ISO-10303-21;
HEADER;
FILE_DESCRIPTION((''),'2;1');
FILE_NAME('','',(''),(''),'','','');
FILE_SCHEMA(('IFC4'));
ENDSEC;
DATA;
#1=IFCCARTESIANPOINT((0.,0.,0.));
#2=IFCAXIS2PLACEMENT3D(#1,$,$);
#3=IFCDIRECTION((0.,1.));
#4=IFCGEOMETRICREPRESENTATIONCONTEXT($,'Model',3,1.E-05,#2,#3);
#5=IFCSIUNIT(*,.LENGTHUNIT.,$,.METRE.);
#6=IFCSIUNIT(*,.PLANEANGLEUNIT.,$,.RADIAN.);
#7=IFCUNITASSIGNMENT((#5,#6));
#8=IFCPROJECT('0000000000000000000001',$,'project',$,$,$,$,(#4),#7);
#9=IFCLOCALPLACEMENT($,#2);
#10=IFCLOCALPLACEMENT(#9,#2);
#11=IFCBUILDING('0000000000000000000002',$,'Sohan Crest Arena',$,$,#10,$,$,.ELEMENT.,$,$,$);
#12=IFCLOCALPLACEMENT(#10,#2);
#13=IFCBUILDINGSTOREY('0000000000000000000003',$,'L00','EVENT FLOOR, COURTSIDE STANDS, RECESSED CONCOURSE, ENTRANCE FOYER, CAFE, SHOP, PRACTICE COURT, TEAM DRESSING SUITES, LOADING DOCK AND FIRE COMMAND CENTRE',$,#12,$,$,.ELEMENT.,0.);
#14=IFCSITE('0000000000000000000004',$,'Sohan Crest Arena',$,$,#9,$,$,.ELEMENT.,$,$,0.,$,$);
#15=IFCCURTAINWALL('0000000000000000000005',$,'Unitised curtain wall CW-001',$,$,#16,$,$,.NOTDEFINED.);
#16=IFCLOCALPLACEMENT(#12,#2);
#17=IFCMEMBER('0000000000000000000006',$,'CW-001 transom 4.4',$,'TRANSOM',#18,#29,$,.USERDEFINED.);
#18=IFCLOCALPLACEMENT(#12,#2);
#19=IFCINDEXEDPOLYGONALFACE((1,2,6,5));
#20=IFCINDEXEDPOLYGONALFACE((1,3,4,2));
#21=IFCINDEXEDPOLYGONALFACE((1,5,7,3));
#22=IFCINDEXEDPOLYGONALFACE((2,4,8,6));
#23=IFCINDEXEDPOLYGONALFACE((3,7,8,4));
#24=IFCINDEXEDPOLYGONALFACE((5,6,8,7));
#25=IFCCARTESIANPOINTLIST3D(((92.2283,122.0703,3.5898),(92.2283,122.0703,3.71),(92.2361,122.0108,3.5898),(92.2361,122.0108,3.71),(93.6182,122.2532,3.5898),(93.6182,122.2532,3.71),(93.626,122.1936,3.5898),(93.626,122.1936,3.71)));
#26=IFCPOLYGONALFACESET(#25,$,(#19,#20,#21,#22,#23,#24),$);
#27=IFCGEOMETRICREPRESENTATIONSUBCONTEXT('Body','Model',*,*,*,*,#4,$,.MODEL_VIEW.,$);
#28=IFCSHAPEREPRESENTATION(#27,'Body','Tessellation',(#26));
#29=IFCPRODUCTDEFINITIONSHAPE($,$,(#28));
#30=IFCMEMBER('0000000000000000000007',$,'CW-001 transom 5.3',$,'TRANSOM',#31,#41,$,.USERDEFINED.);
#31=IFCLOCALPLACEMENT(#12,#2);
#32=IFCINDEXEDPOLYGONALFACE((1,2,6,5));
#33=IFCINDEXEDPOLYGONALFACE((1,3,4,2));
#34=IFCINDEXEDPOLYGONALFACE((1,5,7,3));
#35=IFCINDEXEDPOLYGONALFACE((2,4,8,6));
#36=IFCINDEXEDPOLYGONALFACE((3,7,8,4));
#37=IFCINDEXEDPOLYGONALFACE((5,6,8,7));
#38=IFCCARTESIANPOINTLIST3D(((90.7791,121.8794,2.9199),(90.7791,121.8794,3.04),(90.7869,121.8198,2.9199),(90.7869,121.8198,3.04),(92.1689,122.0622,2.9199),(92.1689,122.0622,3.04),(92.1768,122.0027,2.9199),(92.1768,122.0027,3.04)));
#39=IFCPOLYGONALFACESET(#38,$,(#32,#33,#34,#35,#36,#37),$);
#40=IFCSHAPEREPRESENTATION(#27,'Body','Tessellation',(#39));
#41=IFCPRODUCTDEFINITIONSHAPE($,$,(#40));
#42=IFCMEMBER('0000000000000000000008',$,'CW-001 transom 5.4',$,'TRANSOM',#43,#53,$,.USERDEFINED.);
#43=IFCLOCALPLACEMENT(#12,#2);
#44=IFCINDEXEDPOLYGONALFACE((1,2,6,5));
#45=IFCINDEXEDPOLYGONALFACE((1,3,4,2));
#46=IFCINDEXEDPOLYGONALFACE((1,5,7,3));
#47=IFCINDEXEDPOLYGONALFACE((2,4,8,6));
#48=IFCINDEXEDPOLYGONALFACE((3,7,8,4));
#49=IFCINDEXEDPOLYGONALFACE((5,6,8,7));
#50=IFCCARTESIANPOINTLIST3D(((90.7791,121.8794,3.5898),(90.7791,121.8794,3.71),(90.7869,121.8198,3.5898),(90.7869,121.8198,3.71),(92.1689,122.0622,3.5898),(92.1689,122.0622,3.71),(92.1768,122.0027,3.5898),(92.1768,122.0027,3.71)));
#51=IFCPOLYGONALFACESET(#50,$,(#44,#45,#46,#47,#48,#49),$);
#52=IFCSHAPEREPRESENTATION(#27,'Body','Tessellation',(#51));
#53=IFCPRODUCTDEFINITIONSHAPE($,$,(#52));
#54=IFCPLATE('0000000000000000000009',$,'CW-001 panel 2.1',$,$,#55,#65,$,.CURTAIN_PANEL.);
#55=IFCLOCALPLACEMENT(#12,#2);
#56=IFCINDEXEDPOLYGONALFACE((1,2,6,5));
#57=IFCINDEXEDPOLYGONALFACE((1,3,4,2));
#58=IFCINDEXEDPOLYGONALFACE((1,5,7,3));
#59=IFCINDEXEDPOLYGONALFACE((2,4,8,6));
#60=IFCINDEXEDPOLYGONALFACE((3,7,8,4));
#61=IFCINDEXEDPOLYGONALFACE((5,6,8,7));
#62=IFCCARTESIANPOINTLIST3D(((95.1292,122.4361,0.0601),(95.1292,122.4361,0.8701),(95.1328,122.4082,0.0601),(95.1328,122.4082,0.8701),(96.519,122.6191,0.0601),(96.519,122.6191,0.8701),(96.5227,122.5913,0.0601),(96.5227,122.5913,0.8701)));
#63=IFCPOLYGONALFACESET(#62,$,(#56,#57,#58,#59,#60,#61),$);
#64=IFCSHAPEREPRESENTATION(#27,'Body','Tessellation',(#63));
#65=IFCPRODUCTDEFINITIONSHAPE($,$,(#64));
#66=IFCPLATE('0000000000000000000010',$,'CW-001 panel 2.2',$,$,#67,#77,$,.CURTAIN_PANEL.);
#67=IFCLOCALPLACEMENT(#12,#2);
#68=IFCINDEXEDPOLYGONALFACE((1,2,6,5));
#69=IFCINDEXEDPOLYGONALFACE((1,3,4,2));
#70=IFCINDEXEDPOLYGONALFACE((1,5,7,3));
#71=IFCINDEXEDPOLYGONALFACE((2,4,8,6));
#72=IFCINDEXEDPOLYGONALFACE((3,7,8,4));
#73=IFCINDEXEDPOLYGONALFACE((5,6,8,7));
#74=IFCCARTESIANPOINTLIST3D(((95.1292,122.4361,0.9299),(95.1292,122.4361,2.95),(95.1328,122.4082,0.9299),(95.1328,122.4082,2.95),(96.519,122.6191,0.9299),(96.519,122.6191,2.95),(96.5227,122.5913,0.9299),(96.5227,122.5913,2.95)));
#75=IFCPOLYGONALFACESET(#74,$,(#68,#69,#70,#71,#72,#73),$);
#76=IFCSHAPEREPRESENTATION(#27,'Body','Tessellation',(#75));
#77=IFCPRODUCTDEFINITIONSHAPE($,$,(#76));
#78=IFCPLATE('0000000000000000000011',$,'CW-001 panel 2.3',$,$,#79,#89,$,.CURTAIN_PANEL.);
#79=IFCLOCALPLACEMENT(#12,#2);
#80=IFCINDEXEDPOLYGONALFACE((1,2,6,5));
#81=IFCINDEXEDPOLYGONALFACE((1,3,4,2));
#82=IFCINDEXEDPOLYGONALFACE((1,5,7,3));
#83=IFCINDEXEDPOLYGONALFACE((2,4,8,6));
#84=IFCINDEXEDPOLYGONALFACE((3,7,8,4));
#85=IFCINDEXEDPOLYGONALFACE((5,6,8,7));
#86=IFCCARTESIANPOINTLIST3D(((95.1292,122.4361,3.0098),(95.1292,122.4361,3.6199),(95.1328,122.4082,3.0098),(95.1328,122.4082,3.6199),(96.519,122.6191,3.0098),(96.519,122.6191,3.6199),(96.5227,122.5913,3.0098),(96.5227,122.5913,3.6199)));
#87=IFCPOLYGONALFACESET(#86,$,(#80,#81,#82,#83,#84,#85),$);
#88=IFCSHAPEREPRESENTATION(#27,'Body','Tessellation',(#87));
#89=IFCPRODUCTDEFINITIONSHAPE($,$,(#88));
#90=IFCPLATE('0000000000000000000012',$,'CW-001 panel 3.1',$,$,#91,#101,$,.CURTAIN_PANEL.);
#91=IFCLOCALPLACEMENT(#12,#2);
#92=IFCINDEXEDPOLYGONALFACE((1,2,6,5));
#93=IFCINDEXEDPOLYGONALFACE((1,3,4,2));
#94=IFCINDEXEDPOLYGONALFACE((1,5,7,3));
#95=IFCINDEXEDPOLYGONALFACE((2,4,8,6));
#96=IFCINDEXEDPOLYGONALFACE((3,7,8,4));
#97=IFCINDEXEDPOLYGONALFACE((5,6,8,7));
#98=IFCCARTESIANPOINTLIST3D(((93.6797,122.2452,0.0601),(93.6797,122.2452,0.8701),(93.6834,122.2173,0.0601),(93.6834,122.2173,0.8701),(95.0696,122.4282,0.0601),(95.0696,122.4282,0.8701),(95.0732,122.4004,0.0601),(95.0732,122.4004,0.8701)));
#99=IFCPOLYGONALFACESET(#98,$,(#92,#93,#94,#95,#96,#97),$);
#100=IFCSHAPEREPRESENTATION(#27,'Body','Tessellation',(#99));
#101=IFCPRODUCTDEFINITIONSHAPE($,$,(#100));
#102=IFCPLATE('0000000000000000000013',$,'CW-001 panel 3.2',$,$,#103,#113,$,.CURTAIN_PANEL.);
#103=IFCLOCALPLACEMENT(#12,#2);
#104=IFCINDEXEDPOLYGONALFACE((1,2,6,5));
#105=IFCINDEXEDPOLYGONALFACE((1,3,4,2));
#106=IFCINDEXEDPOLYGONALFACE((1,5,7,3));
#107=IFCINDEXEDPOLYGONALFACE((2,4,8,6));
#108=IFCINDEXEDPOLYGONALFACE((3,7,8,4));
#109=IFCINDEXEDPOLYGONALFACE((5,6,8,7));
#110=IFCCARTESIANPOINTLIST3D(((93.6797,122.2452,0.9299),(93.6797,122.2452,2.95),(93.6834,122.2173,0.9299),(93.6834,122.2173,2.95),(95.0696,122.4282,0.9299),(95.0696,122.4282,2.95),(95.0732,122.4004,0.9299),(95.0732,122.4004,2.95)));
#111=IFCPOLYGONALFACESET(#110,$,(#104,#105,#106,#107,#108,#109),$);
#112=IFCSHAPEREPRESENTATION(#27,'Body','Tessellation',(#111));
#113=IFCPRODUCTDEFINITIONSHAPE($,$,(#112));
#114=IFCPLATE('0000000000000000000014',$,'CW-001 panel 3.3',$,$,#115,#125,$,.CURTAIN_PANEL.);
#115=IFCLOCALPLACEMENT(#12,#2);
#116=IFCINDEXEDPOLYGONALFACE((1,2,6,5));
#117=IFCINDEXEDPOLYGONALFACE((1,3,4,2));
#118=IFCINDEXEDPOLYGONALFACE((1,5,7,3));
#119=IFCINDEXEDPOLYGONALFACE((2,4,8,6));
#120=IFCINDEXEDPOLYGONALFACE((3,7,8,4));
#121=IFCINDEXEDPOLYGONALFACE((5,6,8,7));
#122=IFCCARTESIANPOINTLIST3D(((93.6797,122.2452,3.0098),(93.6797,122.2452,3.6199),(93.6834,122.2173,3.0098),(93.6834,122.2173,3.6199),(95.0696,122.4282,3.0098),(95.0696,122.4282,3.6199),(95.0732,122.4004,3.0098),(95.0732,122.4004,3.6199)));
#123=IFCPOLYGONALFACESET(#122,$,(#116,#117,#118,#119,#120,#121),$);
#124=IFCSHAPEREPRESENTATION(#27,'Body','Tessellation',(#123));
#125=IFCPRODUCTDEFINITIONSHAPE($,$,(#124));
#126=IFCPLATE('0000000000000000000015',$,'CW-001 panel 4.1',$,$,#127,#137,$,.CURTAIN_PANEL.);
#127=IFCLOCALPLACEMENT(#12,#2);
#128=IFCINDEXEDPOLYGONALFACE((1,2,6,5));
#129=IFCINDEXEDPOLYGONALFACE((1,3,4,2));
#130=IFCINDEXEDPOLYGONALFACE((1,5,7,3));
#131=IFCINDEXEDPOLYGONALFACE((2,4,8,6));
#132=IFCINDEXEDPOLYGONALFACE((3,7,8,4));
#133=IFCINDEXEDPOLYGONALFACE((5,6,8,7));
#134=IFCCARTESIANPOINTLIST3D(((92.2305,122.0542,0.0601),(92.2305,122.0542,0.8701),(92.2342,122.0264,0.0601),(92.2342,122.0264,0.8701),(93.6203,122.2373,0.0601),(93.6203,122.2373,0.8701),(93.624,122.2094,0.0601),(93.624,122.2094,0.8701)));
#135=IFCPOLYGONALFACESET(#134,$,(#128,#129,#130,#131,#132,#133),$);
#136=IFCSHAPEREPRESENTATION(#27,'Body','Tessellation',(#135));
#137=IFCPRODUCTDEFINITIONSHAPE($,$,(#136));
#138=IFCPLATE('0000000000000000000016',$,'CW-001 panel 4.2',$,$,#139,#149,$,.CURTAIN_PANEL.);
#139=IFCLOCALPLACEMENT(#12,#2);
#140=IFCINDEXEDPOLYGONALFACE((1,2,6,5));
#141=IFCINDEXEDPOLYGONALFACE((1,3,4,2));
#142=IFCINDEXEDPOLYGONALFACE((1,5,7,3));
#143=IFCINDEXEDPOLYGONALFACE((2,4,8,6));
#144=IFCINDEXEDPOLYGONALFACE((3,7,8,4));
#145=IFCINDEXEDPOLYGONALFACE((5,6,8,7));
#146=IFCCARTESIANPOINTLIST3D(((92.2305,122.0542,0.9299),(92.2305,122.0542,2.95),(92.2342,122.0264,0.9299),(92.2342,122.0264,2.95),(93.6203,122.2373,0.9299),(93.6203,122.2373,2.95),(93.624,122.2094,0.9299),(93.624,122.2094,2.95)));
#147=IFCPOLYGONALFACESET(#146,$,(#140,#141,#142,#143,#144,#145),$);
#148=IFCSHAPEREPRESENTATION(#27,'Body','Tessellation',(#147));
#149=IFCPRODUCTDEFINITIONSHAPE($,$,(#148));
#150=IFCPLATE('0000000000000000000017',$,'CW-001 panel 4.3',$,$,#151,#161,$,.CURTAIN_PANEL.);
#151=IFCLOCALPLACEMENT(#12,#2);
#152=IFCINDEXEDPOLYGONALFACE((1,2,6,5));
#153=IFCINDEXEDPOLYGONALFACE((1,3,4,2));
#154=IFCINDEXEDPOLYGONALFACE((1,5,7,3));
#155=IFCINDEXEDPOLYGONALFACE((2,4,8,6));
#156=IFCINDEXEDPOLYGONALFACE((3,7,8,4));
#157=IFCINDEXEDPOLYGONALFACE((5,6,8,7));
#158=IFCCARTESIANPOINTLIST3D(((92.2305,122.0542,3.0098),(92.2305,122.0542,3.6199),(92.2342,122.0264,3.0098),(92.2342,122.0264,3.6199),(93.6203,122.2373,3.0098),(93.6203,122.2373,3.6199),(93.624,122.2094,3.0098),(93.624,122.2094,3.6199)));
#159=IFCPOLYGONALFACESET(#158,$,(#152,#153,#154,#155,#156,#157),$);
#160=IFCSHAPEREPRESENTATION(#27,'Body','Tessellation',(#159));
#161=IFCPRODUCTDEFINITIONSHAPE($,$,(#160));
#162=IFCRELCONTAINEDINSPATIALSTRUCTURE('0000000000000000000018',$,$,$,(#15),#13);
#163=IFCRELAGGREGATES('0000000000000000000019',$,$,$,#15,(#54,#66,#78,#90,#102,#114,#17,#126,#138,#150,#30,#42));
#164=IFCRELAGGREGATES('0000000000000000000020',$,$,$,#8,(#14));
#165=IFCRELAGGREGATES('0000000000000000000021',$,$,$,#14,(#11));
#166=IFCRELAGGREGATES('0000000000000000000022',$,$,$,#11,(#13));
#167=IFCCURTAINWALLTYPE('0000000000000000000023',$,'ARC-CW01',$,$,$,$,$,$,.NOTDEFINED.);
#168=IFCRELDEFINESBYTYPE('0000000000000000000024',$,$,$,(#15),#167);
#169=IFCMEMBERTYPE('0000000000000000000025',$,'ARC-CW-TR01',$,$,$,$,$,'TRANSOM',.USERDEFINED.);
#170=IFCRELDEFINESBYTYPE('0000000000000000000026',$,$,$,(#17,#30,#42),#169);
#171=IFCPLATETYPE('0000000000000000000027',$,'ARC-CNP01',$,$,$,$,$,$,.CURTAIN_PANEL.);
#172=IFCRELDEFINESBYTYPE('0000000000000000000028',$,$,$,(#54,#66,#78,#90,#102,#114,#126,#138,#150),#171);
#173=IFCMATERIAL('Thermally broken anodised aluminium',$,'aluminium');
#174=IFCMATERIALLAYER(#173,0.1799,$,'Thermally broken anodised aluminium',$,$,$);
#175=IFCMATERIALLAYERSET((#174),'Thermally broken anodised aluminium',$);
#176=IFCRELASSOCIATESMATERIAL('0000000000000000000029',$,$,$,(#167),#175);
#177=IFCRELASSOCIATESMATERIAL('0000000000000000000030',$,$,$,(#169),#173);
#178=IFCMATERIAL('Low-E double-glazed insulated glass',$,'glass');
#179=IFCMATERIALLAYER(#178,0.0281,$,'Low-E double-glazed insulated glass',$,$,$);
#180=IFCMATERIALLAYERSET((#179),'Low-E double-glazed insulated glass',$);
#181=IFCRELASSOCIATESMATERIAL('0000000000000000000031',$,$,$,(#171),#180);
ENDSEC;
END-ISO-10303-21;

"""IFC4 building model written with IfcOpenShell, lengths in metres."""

from ifc_helpers import new_model, si_unit, direction, frame, origin, origin_2d, place, context, subcontext, project, spatial, rectangle, extrude, material, layer, layer_set, material_profile, profile_set, type_object, element, aggregate, save


model = new_model("IFC4")

# Units and contexts
model_context = context("Model", 3, precision=1e-05, world=origin(), true_north=direction((0.0, 1.0)))
body_context = subcontext(model_context, "Body", "Model", "MODEL_VIEW")
ifc_project = project(units=[si_unit("LENGTHUNIT", "METRE"), si_unit("PLANEANGLEUNIT", "RADIAN")], contexts=[model_context])

# Site, building, storey
site_placement = place(None, origin())
site = spatial("IfcSite", under=ifc_project, at=site_placement, Name="Sohan Crest Arena", CompositionType="ELEMENT", RefElevation=0.0)
building_placement = place(site_placement, origin())
building = spatial("IfcBuilding", under=site, at=building_placement, Name="Sohan Crest Arena", CompositionType="ELEMENT")
storey_placement = place(building_placement, origin())
storey = spatial("IfcBuildingStorey", under=building, at=storey_placement, Name="L00", Description="EVENT FLOOR, COURTSIDE STANDS, RECESSED CONCOURSE, ENTRANCE FOYER, CAFE, SHOP, PRACTICE COURT, TEAM DRESSING SUITES, LOADING DOCK AND FIRE COMMAND CENTRE", CompositionType="ELEMENT", Elevation=0.0)

# Curtain wall, members, plates
ifc_material_1 = material(Name="Thermally broken anodised aluminium", Category="aluminium")
ifc_layer_1 = layer(ifc_material_1, 0.1799, Name="Thermally broken anodised aluminium")
ifc_layer_set_1 = layer_set([ifc_layer_1], Name="Thermally broken anodised aluminium")
curtain_wall_type = type_object("IfcCurtainWallType", Name="ARC-CW01", PredefinedType="NOTDEFINED", material=ifc_layer_set_1)
curtain_wall_placement = place(storey_placement, origin())
curtain_wall = element("IfcCurtainWall", 1, at=curtain_wall_placement, inside=storey, type_object=curtain_wall_type, Name="Unitised curtain wall CW-001", PredefinedType="NOTDEFINED")
ifc_material_profile_1 = material_profile(ifc_material_1, rectangle(XDim=0.0601, YDim=0.1201, at=origin_2d()), Name="ALU-TRAN 60x120")
ifc_profile_set_1 = profile_set([ifc_material_profile_1], Name="Thermally broken anodised aluminium")
member_type_1 = type_object("IfcMemberType", Name="ARC-CW-TR01", ElementType="TRANSOM", PredefinedType="USERDEFINED", material=ifc_profile_set_1)
member_1_placement = place(storey_placement, frame((93.6221, 122.2234, 3.6499), z_axis=(-0.991456, -0.130441, 0.0), x_axis=(0.130441, -0.991456, 0.0)))
member_1 = element("IfcMember", 2, at=member_1_placement, type_object=member_type_1, Name="CW-001 transom 4.4", ObjectType="TRANSOM", PredefinedType="USERDEFINED", context=body_context, shape_type="SweptSolid", body=[
    extrude(rectangle(XDim=0.0601, YDim=0.1201, at=origin_2d()), origin(), (0.0, 0.0, 1.0), 1.4019),
])
member_2_placement = place(storey_placement, frame((92.1729, 122.0325, 2.98), z_axis=(-0.991456, -0.130441, 0.0), x_axis=(0.130441, -0.991456, 0.0)))
member_2 = element("IfcMember", 3, at=member_2_placement, type_object=member_type_1, Name="CW-001 transom 5.3", ObjectType="TRANSOM", PredefinedType="USERDEFINED", context=body_context, shape_type="SweptSolid", body=[
    extrude(rectangle(XDim=0.0601, YDim=0.1201, at=origin_2d()), origin(), (0.0, 0.0, 1.0), 1.4019),
])
member_3_placement = place(storey_placement, frame((92.1729, 122.0325, 3.6499), z_axis=(-0.991456, -0.130441, 0.0), x_axis=(0.130441, -0.991456, 0.0)))
member_3 = element("IfcMember", 4, at=member_3_placement, type_object=member_type_1, Name="CW-001 transom 5.4", ObjectType="TRANSOM", PredefinedType="USERDEFINED", context=body_context, shape_type="SweptSolid", body=[
    extrude(rectangle(XDim=0.0601, YDim=0.1201, at=origin_2d()), origin(), (0.0, 0.0, 1.0), 1.4019),
])
ifc_material_2 = material(Name="Low-E double-glazed insulated glass", Category="glass")
ifc_layer_2 = layer(ifc_material_2, 0.0281, Name="Low-E double-glazed insulated glass")
ifc_layer_set_2 = layer_set([ifc_layer_2], Name="Low-E double-glazed insulated glass")
plate_type = type_object("IfcPlateType", Name="ARC-CNP01", PredefinedType="CURTAIN_PANEL", material=ifc_layer_set_2)
plate_1_placement = place(storey_placement, frame((95.8259, 122.5137, 0.0601), z_axis=(0.0, 0.0, 1.0), x_axis=(-0.991439, -0.130567, 0.0)))
plate_1 = element("IfcPlate", 5, at=plate_1_placement, type_object=plate_type, Name="CW-001 panel 2.1", PredefinedType="CURTAIN_PANEL", context=body_context, shape_type="SweptSolid", body=[
    extrude(rectangle(XDim=1.4019, YDim=0.0281, at=origin_2d()), origin(), (0.0, 0.0, 1.0), 0.8101),
])
plate_2_placement = place(storey_placement, frame((95.8259, 122.5137, 0.9299), z_axis=(0.0, 0.0, 1.0), x_axis=(-0.991439, -0.130567, 0.0)))
plate_2 = element("IfcPlate", 6, at=plate_2_placement, type_object=plate_type, Name="CW-001 panel 2.2", PredefinedType="CURTAIN_PANEL", context=body_context, shape_type="SweptSolid", body=[
    extrude(rectangle(XDim=1.4019, YDim=0.0281, at=origin_2d()), origin(), (0.0, 0.0, 1.0), 2.02),
])
plate_3_placement = place(storey_placement, frame((95.8259, 122.5137, 3.0098), z_axis=(0.0, 0.0, 1.0), x_axis=(-0.991439, -0.130567, 0.0)))
plate_3 = element("IfcPlate", 7, at=plate_3_placement, type_object=plate_type, Name="CW-001 panel 2.3", PredefinedType="CURTAIN_PANEL", context=body_context, shape_type="SweptSolid", body=[
    extrude(rectangle(XDim=1.4019, YDim=0.0281, at=origin_2d()), origin(), (0.0, 0.0, 1.0), 0.6101),
])
plate_4_placement = place(storey_placement, frame((94.3765, 122.3228, 0.0601), z_axis=(0.0, 0.0, 1.0), x_axis=(-0.991439, -0.130567, 0.0)))
plate_4 = element("IfcPlate", 8, at=plate_4_placement, type_object=plate_type, Name="CW-001 panel 3.1", PredefinedType="CURTAIN_PANEL", context=body_context, shape_type="SweptSolid", body=[
    extrude(rectangle(XDim=1.4019, YDim=0.0281, at=origin_2d()), origin(), (0.0, 0.0, 1.0), 0.8101),
])
plate_5_placement = place(storey_placement, frame((94.3765, 122.3228, 0.9299), z_axis=(0.0, 0.0, 1.0), x_axis=(-0.991439, -0.130567, 0.0)))
plate_5 = element("IfcPlate", 9, at=plate_5_placement, type_object=plate_type, Name="CW-001 panel 3.2", PredefinedType="CURTAIN_PANEL", context=body_context, shape_type="SweptSolid", body=[
    extrude(rectangle(XDim=1.4019, YDim=0.0281, at=origin_2d()), origin(), (0.0, 0.0, 1.0), 2.02),
])
plate_6_placement = place(storey_placement, frame((94.3765, 122.3228, 3.0098), z_axis=(0.0, 0.0, 1.0), x_axis=(-0.991439, -0.130567, 0.0)))
plate_6 = element("IfcPlate", 10, at=plate_6_placement, type_object=plate_type, Name="CW-001 panel 3.3", PredefinedType="CURTAIN_PANEL", context=body_context, shape_type="SweptSolid", body=[
    extrude(rectangle(XDim=1.4019, YDim=0.0281, at=origin_2d()), origin(), (0.0, 0.0, 1.0), 0.6101),
])
plate_7_placement = place(storey_placement, frame((92.9272, 122.1318, 0.0601), z_axis=(0.0, 0.0, 1.0), x_axis=(-0.991439, -0.130567, 0.0)))
plate_7 = element("IfcPlate", 11, at=plate_7_placement, type_object=plate_type, Name="CW-001 panel 4.1", PredefinedType="CURTAIN_PANEL", context=body_context, shape_type="SweptSolid", body=[
    extrude(rectangle(XDim=1.4019, YDim=0.0281, at=origin_2d()), origin(), (0.0, 0.0, 1.0), 0.8101),
])
plate_8_placement = place(storey_placement, frame((92.9272, 122.1318, 0.9299), z_axis=(0.0, 0.0, 1.0), x_axis=(-0.991439, -0.130567, 0.0)))
plate_8 = element("IfcPlate", 12, at=plate_8_placement, type_object=plate_type, Name="CW-001 panel 4.2", PredefinedType="CURTAIN_PANEL", context=body_context, shape_type="SweptSolid", body=[
    extrude(rectangle(XDim=1.4019, YDim=0.0281, at=origin_2d()), origin(), (0.0, 0.0, 1.0), 2.02),
])
plate_9_placement = place(storey_placement, frame((92.9272, 122.1318, 3.0098), z_axis=(0.0, 0.0, 1.0), x_axis=(-0.991439, -0.130567, 0.0)))
plate_9 = element("IfcPlate", 13, at=plate_9_placement, type_object=plate_type, Name="CW-001 panel 4.3", PredefinedType="CURTAIN_PANEL", context=body_context, shape_type="SweptSolid", body=[
    extrude(rectangle(XDim=1.4019, YDim=0.0281, at=origin_2d()), origin(), (0.0, 0.0, 1.0), 0.6101),
])
aggregate(curtain_wall, [plate_1, plate_2, plate_3, plate_4, plate_5, plate_6, member_1, plate_7, plate_8, plate_9, member_2, member_3])

save(model, "model.ifc")
